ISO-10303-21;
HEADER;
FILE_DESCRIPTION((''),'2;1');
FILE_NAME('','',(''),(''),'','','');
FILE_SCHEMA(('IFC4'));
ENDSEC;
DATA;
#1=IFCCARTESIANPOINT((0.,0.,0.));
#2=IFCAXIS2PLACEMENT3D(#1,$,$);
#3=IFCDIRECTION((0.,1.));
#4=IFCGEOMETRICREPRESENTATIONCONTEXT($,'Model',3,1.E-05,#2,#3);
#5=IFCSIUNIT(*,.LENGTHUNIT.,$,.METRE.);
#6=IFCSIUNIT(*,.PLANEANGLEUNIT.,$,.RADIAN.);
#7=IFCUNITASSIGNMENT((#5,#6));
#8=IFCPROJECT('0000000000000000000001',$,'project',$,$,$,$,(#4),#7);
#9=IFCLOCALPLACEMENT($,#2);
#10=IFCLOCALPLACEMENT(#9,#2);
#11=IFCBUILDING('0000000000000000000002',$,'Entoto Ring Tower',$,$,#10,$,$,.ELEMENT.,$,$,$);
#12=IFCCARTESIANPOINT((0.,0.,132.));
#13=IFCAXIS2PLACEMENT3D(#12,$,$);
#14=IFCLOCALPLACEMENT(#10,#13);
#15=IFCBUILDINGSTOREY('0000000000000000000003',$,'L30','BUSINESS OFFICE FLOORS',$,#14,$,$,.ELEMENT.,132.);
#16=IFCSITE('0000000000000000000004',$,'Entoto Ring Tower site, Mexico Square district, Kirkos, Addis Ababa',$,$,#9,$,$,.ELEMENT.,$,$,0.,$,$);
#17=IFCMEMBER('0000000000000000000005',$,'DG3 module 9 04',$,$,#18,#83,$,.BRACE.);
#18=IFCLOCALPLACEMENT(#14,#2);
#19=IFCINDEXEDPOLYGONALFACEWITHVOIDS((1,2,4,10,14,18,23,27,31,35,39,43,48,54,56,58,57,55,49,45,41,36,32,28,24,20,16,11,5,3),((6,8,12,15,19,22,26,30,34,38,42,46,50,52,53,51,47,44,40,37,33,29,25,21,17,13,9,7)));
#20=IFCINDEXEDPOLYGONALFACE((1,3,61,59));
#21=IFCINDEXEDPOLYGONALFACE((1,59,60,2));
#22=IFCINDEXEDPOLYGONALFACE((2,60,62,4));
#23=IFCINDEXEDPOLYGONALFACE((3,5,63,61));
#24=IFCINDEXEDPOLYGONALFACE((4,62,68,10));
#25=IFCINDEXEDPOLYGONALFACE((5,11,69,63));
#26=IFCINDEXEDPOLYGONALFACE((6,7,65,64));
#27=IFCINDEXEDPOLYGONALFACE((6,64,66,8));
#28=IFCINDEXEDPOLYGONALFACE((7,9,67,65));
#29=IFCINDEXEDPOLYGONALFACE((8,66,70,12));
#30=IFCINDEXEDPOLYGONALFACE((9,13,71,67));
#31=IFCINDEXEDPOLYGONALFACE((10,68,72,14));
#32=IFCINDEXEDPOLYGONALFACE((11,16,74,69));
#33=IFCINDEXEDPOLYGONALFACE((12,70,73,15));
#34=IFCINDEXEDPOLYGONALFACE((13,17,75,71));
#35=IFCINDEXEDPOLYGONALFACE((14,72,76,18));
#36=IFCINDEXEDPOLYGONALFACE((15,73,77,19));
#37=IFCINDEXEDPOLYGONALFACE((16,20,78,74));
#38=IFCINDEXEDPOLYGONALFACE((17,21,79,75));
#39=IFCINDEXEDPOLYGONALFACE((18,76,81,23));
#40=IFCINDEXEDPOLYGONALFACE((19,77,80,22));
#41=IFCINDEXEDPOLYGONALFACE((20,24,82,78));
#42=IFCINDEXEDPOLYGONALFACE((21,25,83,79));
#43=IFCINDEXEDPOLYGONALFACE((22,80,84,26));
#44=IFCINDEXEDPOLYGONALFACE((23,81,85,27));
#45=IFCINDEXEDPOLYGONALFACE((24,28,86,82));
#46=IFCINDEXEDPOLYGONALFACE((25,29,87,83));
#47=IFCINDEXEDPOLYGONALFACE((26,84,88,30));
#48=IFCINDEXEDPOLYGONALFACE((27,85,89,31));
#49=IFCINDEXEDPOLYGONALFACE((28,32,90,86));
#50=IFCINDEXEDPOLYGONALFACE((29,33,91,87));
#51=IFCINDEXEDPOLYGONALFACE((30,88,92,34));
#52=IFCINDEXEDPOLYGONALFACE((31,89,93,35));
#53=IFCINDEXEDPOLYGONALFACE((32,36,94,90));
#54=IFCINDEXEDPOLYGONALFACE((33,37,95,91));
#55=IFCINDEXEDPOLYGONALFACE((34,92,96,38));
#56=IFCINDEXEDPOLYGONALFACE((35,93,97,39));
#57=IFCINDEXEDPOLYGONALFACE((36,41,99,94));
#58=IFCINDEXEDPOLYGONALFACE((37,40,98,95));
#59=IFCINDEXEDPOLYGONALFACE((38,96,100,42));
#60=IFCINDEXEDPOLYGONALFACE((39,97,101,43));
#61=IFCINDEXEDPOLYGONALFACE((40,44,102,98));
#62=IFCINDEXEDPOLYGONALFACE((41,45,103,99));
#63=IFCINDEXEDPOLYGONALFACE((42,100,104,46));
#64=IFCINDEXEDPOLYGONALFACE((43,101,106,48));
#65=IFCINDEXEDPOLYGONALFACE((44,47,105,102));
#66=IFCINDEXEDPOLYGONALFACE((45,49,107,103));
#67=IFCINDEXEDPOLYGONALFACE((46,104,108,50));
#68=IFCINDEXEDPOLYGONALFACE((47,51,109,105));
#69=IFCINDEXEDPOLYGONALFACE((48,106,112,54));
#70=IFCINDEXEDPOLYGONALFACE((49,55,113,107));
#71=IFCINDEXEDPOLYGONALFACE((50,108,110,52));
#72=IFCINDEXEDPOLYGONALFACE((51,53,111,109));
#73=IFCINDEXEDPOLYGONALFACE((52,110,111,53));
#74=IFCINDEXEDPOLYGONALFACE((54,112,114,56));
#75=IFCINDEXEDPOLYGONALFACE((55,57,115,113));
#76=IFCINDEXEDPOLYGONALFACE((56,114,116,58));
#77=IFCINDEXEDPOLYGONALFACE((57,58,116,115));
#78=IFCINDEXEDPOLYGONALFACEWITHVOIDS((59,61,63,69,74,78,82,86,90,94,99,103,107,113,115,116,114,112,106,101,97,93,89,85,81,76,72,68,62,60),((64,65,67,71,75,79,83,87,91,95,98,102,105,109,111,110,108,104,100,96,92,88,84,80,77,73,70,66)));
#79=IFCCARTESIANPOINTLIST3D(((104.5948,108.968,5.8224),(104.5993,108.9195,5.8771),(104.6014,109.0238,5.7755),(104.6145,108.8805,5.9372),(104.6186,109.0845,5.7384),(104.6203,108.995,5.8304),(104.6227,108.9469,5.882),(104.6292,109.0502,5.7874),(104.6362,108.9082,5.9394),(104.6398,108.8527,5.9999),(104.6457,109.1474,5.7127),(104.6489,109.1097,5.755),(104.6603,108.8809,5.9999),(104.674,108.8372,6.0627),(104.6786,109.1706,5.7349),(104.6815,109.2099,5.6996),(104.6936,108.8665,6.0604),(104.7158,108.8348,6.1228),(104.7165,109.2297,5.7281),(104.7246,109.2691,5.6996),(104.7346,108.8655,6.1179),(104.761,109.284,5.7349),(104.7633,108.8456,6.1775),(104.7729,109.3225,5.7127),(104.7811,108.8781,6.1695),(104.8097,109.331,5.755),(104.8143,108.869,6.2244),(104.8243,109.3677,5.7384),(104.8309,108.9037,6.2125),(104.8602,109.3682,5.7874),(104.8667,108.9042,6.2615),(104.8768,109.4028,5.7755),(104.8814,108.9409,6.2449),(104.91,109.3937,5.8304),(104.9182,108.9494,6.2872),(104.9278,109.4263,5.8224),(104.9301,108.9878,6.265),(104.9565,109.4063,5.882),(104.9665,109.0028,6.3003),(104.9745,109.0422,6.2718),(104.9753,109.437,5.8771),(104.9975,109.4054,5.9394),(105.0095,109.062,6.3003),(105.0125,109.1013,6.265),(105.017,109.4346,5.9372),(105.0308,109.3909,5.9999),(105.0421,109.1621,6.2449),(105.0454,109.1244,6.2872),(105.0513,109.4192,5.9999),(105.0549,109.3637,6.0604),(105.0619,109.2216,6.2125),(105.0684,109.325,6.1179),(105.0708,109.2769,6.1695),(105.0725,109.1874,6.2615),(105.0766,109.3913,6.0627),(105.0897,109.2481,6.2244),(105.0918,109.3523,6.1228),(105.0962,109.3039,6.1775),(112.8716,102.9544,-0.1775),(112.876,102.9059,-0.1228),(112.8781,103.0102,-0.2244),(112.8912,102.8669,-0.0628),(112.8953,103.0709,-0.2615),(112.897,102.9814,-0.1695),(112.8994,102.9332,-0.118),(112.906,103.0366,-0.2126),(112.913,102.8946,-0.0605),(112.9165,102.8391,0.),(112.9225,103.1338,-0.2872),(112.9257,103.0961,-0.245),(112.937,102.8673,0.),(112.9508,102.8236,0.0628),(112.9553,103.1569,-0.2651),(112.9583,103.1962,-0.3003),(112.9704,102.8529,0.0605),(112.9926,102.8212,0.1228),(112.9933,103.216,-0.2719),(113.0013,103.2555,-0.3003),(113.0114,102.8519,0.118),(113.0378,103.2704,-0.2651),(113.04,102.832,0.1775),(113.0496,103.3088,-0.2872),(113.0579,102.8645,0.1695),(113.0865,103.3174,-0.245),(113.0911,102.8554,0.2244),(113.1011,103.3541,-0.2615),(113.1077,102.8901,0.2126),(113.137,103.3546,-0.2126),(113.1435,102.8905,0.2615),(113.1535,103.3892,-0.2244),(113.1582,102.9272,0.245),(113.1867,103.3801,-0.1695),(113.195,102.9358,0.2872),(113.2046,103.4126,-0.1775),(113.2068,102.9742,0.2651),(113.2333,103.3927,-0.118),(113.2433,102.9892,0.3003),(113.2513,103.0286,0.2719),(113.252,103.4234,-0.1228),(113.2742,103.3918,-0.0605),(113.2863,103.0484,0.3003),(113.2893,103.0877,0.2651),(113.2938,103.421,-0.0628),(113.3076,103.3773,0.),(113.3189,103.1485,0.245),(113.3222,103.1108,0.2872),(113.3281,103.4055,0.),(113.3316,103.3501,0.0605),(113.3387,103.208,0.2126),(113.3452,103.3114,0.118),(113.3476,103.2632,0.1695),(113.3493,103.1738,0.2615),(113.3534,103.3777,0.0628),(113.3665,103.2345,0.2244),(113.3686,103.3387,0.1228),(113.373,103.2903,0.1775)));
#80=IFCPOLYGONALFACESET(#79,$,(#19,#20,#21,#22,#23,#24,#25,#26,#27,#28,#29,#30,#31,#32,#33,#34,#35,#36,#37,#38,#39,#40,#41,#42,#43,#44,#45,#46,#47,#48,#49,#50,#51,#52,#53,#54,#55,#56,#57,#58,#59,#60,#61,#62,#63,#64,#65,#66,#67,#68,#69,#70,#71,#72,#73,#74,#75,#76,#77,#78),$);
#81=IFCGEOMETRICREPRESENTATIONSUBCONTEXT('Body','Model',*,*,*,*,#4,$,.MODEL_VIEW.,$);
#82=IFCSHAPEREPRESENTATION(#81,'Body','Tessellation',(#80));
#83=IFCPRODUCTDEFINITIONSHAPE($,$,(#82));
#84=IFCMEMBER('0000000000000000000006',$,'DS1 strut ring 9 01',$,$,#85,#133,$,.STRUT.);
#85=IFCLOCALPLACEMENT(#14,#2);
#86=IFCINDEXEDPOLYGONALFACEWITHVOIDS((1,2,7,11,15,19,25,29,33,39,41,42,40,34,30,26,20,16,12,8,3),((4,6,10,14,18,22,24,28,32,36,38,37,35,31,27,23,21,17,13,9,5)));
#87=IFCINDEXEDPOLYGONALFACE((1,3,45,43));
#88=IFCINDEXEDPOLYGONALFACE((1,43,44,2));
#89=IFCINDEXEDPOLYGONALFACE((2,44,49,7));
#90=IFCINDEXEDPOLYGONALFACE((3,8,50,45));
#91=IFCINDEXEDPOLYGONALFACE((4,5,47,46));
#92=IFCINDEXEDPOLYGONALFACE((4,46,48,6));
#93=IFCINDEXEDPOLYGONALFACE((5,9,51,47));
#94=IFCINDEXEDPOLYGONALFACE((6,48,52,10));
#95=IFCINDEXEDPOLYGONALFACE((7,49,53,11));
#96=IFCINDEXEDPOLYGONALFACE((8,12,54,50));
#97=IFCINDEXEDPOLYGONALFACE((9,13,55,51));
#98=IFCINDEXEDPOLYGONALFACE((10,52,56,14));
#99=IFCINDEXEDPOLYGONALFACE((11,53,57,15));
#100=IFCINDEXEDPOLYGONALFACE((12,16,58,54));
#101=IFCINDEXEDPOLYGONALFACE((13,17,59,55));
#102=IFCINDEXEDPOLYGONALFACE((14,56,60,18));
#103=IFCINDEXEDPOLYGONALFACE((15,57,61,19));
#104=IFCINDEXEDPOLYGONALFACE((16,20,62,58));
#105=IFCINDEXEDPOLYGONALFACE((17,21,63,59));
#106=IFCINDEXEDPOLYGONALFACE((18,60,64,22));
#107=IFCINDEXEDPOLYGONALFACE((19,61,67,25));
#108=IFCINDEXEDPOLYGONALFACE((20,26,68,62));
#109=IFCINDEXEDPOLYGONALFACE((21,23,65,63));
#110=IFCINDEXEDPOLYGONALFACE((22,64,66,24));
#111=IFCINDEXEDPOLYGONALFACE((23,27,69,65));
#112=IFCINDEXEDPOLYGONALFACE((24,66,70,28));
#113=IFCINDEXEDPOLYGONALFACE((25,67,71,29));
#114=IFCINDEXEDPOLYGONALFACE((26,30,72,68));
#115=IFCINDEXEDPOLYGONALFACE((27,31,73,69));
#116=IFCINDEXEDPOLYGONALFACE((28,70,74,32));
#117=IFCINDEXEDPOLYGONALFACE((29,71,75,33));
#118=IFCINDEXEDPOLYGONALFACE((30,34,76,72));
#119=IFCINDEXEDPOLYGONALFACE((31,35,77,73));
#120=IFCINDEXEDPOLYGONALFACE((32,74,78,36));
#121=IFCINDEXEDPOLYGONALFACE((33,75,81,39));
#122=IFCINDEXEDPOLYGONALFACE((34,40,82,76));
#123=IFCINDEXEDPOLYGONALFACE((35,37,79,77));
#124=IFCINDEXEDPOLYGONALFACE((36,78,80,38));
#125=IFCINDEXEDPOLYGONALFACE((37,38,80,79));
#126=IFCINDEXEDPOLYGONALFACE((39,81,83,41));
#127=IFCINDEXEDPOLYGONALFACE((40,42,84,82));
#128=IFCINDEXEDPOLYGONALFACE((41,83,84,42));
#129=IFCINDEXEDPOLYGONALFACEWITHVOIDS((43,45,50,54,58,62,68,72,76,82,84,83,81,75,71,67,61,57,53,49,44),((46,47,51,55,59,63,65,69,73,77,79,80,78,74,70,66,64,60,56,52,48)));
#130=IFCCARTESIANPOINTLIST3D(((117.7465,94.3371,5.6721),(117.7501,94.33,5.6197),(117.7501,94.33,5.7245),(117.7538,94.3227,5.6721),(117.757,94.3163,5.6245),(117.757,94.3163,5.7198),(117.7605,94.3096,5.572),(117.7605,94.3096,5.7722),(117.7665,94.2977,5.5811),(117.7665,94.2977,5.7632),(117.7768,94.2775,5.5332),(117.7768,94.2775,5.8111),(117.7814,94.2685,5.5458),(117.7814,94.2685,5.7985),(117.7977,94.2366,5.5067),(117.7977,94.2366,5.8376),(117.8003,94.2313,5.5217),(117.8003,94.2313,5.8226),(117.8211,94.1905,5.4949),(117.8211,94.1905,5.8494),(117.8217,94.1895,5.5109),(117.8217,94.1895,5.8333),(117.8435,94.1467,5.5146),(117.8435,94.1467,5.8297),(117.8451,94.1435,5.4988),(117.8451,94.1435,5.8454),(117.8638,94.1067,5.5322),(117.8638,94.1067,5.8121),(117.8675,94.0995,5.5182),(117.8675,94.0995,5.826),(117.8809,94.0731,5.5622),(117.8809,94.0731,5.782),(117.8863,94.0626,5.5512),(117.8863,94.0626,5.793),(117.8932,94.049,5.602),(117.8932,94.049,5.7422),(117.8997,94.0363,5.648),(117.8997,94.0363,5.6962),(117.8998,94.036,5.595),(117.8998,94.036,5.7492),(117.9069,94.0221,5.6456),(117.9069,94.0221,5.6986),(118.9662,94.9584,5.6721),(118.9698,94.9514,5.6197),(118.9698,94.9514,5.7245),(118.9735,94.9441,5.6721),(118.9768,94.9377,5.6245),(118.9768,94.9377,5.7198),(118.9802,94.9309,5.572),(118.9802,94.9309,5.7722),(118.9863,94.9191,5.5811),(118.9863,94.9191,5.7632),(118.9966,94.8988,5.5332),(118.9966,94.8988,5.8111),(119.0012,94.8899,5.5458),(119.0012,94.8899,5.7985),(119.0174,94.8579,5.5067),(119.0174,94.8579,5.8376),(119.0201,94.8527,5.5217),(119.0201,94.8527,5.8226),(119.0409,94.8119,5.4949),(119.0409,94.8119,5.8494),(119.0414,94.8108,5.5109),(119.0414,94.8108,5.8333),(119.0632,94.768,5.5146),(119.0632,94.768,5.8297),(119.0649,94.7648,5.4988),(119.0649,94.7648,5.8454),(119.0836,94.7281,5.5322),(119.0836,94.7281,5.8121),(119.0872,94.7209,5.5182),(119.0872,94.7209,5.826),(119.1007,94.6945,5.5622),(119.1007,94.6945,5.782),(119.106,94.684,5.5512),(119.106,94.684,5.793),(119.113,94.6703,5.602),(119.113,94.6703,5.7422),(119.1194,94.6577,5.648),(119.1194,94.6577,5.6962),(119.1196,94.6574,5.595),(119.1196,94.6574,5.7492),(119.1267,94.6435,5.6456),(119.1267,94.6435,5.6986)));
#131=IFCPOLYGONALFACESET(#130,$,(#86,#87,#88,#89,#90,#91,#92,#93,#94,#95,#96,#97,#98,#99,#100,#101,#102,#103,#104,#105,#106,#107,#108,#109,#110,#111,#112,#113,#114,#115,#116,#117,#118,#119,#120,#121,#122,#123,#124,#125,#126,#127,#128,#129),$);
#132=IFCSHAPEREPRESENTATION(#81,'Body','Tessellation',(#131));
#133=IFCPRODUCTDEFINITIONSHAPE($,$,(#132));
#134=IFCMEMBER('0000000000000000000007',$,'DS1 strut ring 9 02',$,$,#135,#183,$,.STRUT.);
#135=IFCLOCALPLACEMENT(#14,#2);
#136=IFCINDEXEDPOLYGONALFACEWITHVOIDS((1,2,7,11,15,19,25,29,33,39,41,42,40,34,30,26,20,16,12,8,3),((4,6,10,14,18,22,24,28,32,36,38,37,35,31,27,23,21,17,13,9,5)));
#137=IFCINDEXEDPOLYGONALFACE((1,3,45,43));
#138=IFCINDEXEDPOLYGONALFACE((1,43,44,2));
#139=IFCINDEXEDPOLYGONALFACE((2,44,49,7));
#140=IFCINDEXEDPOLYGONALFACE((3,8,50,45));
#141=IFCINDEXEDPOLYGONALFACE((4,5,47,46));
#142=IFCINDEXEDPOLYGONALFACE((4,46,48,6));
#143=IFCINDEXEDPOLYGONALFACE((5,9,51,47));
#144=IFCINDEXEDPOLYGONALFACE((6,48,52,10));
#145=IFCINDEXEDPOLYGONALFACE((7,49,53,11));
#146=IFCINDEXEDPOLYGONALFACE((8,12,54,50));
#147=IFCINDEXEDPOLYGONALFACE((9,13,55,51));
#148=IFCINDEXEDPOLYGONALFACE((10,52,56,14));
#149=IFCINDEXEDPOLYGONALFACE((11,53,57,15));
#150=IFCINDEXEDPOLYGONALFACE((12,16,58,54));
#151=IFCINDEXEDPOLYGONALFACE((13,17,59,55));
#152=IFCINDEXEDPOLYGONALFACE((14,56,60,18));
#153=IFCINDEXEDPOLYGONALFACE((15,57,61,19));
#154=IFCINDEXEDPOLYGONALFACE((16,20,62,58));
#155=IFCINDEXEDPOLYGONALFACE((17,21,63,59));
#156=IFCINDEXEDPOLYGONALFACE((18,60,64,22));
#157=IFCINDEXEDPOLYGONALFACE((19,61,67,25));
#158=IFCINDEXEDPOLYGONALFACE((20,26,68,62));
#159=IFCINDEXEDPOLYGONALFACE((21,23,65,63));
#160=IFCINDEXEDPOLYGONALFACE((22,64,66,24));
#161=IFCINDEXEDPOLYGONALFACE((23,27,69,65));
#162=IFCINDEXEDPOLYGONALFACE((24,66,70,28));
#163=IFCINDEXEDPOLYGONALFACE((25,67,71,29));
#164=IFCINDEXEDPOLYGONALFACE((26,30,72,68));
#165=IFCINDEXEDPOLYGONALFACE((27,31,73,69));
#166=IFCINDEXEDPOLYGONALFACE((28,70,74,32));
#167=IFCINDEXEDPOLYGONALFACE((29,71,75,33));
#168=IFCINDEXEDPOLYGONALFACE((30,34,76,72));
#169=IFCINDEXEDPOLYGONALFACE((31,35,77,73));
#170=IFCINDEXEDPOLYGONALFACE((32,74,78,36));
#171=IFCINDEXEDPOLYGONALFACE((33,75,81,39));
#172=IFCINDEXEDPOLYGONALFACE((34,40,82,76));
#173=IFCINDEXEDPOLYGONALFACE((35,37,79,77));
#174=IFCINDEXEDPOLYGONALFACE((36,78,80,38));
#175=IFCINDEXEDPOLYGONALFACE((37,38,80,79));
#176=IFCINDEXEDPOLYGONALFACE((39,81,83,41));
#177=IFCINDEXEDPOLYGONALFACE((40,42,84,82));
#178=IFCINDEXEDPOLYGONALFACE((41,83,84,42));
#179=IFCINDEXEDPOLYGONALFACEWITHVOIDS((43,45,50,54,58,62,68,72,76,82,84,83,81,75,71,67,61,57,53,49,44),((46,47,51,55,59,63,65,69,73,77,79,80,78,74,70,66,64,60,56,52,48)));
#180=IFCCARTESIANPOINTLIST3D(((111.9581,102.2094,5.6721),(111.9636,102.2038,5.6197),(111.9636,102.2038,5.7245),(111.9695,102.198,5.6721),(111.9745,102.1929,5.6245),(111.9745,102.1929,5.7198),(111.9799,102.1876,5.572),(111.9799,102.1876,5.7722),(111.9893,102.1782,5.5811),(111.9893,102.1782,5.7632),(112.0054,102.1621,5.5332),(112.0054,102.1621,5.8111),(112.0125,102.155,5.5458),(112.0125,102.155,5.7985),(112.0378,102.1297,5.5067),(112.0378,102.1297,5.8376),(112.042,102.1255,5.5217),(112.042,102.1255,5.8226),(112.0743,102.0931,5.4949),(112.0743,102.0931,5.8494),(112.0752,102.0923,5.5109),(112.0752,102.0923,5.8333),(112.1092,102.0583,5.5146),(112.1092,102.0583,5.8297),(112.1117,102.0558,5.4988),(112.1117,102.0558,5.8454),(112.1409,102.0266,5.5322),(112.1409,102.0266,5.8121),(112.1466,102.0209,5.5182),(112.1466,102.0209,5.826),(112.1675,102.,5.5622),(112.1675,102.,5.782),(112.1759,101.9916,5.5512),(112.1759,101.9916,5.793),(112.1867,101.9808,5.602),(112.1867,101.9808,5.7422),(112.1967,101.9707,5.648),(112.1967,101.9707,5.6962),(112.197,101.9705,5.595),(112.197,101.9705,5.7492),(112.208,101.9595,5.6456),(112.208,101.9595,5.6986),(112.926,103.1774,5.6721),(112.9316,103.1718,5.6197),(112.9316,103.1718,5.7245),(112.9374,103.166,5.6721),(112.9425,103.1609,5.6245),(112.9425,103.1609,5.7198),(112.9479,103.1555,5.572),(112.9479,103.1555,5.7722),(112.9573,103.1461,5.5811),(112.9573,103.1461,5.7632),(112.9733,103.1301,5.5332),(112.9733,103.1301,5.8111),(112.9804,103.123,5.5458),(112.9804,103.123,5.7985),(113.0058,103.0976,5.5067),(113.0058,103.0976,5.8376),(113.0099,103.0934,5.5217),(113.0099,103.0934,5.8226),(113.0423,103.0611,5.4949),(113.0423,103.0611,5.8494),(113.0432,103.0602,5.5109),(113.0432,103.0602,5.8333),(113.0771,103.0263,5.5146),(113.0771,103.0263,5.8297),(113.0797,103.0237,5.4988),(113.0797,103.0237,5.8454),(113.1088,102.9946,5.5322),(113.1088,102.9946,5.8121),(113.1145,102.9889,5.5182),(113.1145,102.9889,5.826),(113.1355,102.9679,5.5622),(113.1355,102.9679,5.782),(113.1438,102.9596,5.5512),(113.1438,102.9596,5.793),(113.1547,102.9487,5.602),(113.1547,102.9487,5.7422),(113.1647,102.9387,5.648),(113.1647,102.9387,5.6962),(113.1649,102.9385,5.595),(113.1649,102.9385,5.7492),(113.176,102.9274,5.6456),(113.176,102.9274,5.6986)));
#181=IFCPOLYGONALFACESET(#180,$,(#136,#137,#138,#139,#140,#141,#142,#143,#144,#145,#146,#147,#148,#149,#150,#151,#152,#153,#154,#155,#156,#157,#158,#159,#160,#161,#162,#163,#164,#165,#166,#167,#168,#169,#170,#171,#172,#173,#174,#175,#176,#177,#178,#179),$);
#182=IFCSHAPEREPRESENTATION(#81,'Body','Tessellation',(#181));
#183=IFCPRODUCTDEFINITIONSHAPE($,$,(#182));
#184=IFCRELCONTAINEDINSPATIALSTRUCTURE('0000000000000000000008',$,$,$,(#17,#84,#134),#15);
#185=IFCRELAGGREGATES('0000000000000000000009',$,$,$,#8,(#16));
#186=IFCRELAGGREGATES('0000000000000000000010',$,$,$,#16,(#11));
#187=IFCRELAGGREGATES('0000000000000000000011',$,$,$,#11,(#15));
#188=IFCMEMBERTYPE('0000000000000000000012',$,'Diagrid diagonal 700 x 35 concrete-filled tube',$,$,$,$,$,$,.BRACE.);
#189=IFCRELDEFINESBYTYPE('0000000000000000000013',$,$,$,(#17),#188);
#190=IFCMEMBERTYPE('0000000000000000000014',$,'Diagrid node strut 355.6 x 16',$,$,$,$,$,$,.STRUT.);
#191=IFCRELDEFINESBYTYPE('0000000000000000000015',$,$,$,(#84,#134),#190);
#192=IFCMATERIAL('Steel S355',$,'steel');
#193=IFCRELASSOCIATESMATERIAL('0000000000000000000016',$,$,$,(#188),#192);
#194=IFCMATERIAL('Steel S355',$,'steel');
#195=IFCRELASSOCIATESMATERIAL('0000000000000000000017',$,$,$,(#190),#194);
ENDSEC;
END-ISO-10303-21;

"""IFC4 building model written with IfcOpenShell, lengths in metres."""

from ifc_helpers import new_model, si_unit, direction, frame, origin, origin_2d, place, context, subcontext, project, spatial, circle, hollow_circle, extrude, material, material_profile, profile_set, type_object, element, save


model = new_model("IFC4")

# Units and contexts
model_context = context("Model", 3, precision=1e-05, world=origin(), true_north=direction((0.0, 1.0)))
body_context = subcontext(model_context, "Body", "Model", "MODEL_VIEW")
ifc_project = project(units=[si_unit("LENGTHUNIT", "METRE"), si_unit("PLANEANGLEUNIT", "RADIAN")], contexts=[model_context])

# Site, building, storey
site_placement = place(None, origin())
site = spatial("IfcSite", under=ifc_project, at=site_placement, Name="Entoto Ring Tower site, Mexico Square district, Kirkos, Addis Ababa", CompositionType="ELEMENT", RefElevation=0.0)
building_placement = place(site_placement, origin())
building = spatial("IfcBuilding", under=site, at=building_placement, Name="Entoto Ring Tower", CompositionType="ELEMENT")
storey_placement = place(building_placement, frame((0.0, 0.0, 132.0)))
storey = spatial("IfcBuildingStorey", under=building, at=storey_placement, Name="L30", Description="BUSINESS OFFICE FLOORS", CompositionType="ELEMENT", Elevation=132.0)

# Members
ifc_material_1 = material(Name="Steel S355", Category="steel")
ifc_material_profile_1 = material_profile(ifc_material_1, hollow_circle(Radius=0.3501, WallThickness=0.0349, at=origin_2d()), Name="CHS 700 x 35")
ifc_material_2 = material(Name="Concrete C60/75", Category="concrete")
ifc_material_profile_2 = material_profile(ifc_material_2, circle(Radius=0.3149, at=origin_2d()), Name="Concrete C60/75 infill")
ifc_profile_set_1 = profile_set([ifc_material_profile_1, ifc_material_profile_2], Name="Steel S355")
member_type_1 = type_object("IfcMemberType", Name="Diagrid diagonal 700 x 35 concrete-filled tube", PredefinedType="BRACE", material=ifc_profile_set_1)
for number, where, z_axis, x_axis, name in (
    (1, (113.1223, 103.1223, 0.0), (-0.697853, 0.507035, 0.505882), (-0.587797, -0.809008, 0.0), "DG3 module 9 04"),
):
    element("IfcMember", number, at=place(storey_placement, frame(where, z_axis=z_axis, x_axis=x_axis)), inside=storey, type_object=member_type_1, Name=name, PredefinedType="BRACE", context=body_context, shape_type="SweptSolid", body=[
        extrude(hollow_circle(Radius=0.3501, WallThickness=0.0349, at=origin_2d()), origin(), (0.0, 0.0, 1.0), 11.8604),
    ])
ifc_material_3 = material(Name="Steel S355", Category="steel")
ifc_material_profile_3 = material_profile(ifc_material_3, hollow_circle(Radius=0.1777, WallThickness=0.0161, at=origin_2d()), Name="CHS 355.6 x 16")
ifc_material_4 = material(Name="Concrete C60/75", Category="concrete")
ifc_material_profile_4 = material_profile(ifc_material_4, circle(Radius=0.1619, at=origin_2d()), Name="Concrete C60/75 infill")
ifc_profile_set_2 = profile_set([ifc_material_profile_3, ifc_material_profile_4], Name="Steel S355")
member_type_2 = type_object("IfcMemberType", Name="Diagrid node strut 355.6 x 16", PredefinedType="STRUT", material=ifc_profile_set_2)
for number, where, z_axis, x_axis, name in (
    (2, (117.8271, 94.1787, 5.6721), (0.891049, 0.453907, 0.0), (-0.453907, 0.891049, 0.0), "DS1 strut ring 9 01"),
    (3, (112.0837, 102.0837, 5.6721), (0.707107, 0.707107, 0.0), (-0.707107, 0.707107, 0.0), "DS1 strut ring 9 02"),
):
    element("IfcMember", number, at=place(storey_placement, frame(where, z_axis=z_axis, x_axis=x_axis)), inside=storey, type_object=member_type_2, Name=name, PredefinedType="STRUT", context=body_context, shape_type="SweptSolid", body=[
        extrude(hollow_circle(Radius=0.1777, WallThickness=0.0161, at=origin_2d()), origin(), (0.0, 0.0, 1.0), 1.3689),
    ])

save(model, "model.ifc")
